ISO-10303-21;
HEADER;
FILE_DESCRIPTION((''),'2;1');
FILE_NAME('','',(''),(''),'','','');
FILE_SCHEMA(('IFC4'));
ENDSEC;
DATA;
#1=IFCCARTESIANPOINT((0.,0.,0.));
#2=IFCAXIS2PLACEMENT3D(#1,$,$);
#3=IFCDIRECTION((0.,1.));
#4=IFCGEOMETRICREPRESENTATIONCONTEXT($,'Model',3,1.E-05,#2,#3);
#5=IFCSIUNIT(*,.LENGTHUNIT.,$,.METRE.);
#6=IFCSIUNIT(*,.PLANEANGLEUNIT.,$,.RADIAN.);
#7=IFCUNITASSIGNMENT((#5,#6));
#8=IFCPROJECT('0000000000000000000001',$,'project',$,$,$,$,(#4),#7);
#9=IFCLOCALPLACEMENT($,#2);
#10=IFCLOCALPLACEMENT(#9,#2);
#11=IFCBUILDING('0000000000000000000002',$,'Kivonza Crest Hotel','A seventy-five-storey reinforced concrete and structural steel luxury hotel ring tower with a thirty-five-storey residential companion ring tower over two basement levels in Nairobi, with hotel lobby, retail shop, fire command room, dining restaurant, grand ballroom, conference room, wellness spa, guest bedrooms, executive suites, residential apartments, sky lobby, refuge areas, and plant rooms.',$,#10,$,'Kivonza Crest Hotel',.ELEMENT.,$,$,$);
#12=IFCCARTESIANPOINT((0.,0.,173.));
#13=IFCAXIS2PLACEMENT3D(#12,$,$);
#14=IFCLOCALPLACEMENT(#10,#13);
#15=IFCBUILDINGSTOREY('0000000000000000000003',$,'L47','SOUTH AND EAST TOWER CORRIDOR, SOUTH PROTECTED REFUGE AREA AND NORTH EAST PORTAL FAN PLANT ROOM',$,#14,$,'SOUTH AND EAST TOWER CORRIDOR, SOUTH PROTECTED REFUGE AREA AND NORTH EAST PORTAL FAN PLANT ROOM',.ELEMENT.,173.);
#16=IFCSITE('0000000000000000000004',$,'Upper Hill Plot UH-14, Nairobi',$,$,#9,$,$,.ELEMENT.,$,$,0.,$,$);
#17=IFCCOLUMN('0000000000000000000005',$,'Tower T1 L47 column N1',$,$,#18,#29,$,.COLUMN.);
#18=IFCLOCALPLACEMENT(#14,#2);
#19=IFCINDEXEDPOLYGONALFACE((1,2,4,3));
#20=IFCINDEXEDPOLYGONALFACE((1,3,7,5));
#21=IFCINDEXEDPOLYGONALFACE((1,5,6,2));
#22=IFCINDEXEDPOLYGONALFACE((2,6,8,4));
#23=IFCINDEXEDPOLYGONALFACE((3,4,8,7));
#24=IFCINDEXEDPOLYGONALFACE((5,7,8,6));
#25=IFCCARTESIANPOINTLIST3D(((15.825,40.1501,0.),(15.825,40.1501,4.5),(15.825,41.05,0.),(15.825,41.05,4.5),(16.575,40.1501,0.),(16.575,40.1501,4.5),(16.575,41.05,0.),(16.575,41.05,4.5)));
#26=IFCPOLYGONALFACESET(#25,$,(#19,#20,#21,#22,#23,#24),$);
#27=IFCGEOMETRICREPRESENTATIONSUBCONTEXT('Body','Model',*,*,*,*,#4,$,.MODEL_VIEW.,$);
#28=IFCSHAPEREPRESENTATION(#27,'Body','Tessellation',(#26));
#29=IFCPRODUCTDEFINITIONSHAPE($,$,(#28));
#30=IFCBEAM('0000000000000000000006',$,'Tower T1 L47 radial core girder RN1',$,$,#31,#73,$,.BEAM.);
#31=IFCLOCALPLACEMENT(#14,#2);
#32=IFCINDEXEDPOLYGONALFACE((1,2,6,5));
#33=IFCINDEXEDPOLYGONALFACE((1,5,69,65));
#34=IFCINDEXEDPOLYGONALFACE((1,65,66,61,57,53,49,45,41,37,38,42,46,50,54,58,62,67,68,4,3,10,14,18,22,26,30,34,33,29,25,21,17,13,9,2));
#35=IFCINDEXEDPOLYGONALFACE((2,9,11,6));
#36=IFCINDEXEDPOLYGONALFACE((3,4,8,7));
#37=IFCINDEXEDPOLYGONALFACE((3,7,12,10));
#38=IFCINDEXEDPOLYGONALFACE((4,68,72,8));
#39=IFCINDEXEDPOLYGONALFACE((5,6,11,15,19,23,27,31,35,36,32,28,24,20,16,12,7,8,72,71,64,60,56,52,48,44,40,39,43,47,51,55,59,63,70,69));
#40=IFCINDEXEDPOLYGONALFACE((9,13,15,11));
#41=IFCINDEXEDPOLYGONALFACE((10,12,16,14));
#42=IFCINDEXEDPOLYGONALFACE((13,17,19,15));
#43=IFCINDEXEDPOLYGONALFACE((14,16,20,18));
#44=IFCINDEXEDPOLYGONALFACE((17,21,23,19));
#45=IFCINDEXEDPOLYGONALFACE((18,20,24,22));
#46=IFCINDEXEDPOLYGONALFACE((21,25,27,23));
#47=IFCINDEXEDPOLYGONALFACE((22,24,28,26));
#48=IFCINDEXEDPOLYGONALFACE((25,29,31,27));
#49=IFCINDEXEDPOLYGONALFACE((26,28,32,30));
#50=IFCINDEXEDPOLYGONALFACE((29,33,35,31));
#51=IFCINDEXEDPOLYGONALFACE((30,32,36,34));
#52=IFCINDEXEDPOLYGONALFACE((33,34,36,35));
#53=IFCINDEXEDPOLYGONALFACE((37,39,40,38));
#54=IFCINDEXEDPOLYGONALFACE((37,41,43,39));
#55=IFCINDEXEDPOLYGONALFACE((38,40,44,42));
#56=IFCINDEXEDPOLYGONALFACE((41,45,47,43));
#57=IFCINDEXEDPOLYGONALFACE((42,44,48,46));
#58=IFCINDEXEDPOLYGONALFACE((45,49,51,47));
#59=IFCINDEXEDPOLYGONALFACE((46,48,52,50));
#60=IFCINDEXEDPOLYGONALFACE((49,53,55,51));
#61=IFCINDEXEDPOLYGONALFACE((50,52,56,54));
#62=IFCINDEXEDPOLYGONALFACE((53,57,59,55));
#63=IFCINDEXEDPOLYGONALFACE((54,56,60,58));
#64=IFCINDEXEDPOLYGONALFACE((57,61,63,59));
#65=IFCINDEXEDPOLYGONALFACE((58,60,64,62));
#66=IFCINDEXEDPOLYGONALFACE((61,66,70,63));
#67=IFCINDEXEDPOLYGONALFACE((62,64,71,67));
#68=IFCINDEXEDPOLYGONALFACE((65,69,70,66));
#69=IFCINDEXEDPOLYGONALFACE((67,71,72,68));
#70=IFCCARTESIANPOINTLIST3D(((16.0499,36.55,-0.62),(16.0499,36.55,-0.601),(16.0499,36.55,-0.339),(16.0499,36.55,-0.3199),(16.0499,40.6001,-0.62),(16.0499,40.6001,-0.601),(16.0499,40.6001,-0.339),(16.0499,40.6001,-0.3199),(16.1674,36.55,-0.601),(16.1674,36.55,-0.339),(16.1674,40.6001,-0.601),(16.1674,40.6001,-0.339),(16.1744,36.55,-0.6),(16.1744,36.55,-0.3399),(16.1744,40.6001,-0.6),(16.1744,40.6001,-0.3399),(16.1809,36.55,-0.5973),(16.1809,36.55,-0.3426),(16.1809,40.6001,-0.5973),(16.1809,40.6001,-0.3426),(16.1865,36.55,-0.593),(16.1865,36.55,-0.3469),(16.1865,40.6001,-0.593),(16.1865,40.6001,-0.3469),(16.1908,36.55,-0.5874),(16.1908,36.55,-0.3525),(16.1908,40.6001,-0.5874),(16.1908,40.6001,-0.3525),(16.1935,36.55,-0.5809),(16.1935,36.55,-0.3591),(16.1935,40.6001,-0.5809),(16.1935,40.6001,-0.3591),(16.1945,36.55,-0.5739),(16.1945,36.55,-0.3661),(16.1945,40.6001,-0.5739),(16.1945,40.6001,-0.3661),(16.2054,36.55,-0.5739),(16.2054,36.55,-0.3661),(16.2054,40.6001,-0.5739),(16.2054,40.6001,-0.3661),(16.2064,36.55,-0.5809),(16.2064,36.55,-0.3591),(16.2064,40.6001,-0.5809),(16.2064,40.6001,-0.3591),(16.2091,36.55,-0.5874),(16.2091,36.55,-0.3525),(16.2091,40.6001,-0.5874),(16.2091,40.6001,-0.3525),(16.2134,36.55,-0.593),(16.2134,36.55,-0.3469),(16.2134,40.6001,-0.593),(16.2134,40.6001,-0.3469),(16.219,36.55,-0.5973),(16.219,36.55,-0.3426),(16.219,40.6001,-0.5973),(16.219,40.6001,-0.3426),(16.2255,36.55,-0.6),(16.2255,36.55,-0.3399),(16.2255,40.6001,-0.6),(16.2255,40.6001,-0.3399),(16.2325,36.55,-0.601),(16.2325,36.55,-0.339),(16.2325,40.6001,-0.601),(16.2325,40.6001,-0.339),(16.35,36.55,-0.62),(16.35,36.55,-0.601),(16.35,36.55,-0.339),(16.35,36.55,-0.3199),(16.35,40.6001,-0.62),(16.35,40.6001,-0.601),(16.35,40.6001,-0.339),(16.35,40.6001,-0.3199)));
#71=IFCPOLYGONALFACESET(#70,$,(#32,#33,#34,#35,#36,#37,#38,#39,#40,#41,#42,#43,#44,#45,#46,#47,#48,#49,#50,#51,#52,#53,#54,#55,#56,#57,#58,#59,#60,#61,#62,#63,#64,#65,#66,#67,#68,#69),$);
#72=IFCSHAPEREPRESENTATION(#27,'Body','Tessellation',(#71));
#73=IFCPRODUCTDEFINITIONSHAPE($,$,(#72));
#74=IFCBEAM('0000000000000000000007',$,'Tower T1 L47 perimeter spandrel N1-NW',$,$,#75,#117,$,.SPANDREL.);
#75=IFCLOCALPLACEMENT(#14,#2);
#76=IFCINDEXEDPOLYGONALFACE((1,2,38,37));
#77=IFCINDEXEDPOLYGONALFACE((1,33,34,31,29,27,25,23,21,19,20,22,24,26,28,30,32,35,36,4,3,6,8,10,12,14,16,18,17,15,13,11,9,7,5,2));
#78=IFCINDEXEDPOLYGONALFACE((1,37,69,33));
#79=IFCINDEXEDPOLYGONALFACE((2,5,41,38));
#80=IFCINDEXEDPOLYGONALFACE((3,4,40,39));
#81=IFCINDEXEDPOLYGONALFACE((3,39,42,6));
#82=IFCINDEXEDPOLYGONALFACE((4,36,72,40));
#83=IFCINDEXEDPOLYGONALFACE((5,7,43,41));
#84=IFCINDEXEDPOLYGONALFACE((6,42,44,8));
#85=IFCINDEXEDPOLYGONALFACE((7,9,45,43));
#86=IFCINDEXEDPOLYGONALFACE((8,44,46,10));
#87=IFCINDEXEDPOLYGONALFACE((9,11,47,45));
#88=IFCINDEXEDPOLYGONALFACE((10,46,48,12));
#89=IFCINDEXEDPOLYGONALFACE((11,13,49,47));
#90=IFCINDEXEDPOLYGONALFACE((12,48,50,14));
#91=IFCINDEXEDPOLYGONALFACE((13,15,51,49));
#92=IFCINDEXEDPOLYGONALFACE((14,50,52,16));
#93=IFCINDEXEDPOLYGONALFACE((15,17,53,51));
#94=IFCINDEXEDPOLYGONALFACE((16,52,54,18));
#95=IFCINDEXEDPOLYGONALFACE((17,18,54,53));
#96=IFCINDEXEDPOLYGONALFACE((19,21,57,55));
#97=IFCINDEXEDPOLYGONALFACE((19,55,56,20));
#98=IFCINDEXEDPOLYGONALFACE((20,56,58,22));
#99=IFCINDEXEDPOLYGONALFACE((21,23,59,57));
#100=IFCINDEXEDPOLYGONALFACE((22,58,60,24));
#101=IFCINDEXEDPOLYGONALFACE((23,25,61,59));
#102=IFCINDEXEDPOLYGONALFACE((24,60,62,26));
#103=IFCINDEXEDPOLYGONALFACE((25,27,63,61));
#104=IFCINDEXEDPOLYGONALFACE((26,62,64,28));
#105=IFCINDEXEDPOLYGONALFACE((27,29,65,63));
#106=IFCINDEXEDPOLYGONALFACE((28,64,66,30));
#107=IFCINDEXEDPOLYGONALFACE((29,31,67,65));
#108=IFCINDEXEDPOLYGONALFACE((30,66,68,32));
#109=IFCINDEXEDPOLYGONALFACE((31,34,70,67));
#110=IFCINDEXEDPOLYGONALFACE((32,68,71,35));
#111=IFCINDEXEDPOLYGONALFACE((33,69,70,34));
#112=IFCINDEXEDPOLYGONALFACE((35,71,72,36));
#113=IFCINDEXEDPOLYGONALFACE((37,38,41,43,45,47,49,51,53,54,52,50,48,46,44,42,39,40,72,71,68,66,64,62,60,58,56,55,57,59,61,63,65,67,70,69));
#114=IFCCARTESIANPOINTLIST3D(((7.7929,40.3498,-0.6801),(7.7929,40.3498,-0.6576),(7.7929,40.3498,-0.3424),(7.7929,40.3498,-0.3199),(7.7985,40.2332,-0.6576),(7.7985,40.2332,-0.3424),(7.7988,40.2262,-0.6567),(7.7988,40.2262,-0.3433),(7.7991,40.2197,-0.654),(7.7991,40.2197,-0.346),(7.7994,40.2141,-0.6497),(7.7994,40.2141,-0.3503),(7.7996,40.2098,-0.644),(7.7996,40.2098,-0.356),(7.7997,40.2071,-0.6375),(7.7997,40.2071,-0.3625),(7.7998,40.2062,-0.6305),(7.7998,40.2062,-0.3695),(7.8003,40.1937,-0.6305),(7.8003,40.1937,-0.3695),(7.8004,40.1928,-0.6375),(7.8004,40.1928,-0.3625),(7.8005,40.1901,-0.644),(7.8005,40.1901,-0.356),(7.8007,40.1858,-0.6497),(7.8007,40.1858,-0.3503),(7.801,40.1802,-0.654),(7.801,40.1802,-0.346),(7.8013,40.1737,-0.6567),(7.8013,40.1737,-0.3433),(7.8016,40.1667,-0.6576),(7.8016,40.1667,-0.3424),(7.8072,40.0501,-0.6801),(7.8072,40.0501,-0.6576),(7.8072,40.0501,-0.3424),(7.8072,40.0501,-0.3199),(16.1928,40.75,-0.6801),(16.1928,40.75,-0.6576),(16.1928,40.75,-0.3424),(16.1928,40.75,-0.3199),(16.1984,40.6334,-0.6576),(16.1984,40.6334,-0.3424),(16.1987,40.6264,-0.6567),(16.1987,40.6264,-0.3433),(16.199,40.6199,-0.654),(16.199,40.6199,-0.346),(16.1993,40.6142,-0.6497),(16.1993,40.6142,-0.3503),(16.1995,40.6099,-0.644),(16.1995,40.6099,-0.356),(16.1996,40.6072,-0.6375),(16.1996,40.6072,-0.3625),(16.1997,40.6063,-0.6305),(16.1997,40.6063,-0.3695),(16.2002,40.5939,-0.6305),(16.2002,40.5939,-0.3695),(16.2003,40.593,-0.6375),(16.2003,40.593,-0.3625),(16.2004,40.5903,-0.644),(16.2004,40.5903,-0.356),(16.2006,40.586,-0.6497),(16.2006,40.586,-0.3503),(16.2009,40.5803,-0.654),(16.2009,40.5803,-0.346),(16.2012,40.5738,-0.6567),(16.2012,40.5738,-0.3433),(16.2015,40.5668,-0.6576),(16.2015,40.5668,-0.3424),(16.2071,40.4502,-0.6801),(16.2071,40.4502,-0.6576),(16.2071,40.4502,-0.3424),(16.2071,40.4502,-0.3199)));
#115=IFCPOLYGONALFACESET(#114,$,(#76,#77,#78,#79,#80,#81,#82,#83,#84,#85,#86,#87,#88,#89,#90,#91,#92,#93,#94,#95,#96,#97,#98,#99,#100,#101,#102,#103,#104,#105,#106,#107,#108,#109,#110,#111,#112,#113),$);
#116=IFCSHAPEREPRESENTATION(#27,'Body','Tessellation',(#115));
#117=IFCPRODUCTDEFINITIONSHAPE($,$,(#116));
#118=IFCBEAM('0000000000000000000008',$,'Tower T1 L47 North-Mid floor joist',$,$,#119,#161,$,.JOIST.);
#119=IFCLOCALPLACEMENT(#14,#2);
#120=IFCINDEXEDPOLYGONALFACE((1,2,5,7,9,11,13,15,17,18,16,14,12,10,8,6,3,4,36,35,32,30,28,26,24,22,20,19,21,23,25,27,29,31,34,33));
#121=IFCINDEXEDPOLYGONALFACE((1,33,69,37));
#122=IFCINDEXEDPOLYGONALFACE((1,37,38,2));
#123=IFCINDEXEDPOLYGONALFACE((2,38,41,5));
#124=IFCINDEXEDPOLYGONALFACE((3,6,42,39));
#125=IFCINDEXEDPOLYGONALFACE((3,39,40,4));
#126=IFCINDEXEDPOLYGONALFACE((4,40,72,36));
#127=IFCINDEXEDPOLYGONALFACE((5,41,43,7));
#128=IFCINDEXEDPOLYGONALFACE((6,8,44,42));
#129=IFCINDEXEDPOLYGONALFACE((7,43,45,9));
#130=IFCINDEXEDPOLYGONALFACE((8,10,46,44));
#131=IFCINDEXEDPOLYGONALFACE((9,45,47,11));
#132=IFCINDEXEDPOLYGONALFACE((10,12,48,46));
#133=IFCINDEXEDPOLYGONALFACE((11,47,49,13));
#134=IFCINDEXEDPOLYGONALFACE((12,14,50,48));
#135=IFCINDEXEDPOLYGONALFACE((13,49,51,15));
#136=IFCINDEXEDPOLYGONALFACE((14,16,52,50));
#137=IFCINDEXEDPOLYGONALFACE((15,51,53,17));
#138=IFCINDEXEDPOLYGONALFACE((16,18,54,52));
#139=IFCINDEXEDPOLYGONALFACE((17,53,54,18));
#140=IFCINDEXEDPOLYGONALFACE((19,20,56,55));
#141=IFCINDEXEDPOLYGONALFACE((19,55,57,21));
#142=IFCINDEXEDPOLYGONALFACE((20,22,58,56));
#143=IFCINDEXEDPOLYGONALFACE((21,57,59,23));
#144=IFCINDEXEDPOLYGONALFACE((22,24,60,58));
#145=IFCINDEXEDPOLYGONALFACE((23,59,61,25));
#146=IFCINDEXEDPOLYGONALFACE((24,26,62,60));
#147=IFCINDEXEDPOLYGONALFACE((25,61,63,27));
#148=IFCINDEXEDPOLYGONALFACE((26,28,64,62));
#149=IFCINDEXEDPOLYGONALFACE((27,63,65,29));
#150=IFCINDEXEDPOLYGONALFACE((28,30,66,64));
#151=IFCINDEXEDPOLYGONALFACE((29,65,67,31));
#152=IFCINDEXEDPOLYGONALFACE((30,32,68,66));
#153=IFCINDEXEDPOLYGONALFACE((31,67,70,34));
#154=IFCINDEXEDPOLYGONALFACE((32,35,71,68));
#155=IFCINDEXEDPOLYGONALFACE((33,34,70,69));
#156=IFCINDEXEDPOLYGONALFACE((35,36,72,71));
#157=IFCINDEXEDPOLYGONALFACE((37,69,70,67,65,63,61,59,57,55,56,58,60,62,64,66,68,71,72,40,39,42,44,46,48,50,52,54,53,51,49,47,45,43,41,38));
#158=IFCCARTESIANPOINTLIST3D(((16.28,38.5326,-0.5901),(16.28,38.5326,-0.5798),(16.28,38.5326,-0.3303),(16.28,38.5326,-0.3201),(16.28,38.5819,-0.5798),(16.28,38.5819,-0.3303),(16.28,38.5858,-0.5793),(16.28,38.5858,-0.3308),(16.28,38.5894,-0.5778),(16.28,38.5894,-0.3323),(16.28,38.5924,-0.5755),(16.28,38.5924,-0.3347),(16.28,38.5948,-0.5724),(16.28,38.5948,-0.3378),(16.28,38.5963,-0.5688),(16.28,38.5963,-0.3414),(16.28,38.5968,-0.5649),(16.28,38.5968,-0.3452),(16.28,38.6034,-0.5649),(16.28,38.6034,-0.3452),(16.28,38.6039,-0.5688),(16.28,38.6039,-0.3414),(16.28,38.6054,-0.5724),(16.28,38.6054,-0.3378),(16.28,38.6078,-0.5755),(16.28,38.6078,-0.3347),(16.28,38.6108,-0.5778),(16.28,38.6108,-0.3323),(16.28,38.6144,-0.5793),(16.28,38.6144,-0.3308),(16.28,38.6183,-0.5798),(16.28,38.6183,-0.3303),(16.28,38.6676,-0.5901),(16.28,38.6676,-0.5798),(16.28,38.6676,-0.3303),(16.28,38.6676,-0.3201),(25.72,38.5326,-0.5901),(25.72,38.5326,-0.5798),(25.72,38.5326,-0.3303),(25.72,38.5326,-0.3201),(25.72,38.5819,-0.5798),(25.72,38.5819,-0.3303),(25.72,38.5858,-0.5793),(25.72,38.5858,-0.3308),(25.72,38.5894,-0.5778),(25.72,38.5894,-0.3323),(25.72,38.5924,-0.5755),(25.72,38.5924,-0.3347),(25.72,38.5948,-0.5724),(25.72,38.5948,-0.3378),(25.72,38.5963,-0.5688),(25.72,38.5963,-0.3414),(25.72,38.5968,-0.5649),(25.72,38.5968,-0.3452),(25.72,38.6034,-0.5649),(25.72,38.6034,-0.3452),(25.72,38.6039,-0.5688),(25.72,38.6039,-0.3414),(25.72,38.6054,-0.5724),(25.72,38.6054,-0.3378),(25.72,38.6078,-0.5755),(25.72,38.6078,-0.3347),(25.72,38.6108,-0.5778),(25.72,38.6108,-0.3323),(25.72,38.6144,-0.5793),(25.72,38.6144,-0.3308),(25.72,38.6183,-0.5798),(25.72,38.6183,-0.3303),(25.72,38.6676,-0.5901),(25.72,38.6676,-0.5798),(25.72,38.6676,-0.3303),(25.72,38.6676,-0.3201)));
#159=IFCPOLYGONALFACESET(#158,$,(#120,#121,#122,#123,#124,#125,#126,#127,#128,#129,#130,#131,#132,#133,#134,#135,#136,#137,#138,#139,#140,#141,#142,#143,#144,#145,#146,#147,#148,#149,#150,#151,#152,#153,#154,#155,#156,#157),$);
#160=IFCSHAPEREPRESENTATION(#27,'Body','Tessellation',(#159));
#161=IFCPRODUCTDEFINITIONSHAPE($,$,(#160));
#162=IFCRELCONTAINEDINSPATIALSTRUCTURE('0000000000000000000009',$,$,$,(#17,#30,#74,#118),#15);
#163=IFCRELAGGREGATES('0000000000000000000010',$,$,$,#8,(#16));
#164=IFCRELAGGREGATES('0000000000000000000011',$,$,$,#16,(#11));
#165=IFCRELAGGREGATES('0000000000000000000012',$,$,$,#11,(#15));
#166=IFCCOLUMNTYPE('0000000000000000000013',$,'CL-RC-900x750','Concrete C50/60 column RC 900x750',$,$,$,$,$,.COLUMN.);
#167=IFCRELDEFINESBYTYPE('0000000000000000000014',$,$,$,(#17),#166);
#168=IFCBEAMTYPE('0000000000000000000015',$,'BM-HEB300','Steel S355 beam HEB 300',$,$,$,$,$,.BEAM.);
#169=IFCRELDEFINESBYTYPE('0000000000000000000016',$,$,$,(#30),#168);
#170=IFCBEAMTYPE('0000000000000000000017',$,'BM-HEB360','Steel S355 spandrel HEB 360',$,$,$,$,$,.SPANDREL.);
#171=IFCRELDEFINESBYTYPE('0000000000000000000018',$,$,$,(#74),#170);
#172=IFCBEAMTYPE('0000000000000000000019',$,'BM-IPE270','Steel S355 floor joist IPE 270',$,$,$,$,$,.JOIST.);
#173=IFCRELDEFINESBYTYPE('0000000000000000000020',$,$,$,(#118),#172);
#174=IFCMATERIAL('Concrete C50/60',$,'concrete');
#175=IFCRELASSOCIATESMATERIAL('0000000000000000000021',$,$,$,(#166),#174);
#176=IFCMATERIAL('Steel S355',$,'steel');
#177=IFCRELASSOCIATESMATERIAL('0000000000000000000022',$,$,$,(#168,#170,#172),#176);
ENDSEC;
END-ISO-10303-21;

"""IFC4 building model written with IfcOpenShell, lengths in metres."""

from ifc_helpers import new_model, si_unit, direction, frame, origin, origin_2d, place, context, subcontext, project, spatial, rectangle, i_section, extrude, material, material_profile, profile_set, type_object, element, save


model = new_model("IFC4")

# Units and contexts
model_context = context("Model", 3, precision=1e-05, world=origin(), true_north=direction((0.0, 1.0)))
body_context = subcontext(model_context, "Body", "Model", "MODEL_VIEW")
ifc_project = project(units=[si_unit("LENGTHUNIT", "METRE"), si_unit("PLANEANGLEUNIT", "RADIAN")], contexts=[model_context])

# Site, building, storey
site_placement = place(None, origin())
site = spatial("IfcSite", under=ifc_project, at=site_placement, Name="Upper Hill Plot UH-14, Nairobi", CompositionType="ELEMENT", RefElevation=0.0)
building_placement = place(site_placement, origin())
building = spatial("IfcBuilding", under=site, at=building_placement, Name="Kivonza Crest Hotel", Description="A seventy-five-storey reinforced concrete and structural steel luxury hotel ring tower with a thirty-five-storey residential companion ring tower over two basement levels in Nairobi, with hotel lobby, retail shop, fire command room, dining restaurant, grand ballroom, conference room, wellness spa, guest bedrooms, executive suites, residential apartments, sky lobby, refuge areas, and plant rooms.", LongName="Kivonza Crest Hotel", CompositionType="ELEMENT")
storey_placement = place(building_placement, frame((0.0, 0.0, 173.0)))
storey = spatial("IfcBuildingStorey", under=building, at=storey_placement, Name="L47", Description="SOUTH AND EAST TOWER CORRIDOR, SOUTH PROTECTED REFUGE AREA AND NORTH EAST PORTAL FAN PLANT ROOM", LongName="SOUTH AND EAST TOWER CORRIDOR, SOUTH PROTECTED REFUGE AREA AND NORTH EAST PORTAL FAN PLANT ROOM", CompositionType="ELEMENT", Elevation=173.0)

# Column
ifc_material_1 = material(Name="Concrete C50/60", Category="concrete")
ifc_material_profile_1 = material_profile(ifc_material_1, rectangle(XDim=0.75, YDim=0.8999, at=origin_2d()), Name="RC 900x750")
ifc_profile_set_1 = profile_set([ifc_material_profile_1], Name="Concrete C50/60")
column_type = type_object("IfcColumnType", Name="CL-RC-900x750", Description="Concrete C50/60 column RC 900x750", PredefinedType="COLUMN", material=ifc_profile_set_1)
column_placement = place(storey_placement, frame((16.2, 40.6001, 0.0), z_axis=(0.0, 0.0, 1.0), x_axis=(1.0, 0.0, 0.0)))
element("IfcColumn", 1, at=column_placement, inside=storey, type_object=column_type, Name="Tower T1 L47 column N1", PredefinedType="COLUMN", context=body_context, shape_type="SweptSolid", body=[
    extrude(rectangle(XDim=0.75, YDim=0.8999, at=origin_2d()), origin(), (0.0, 0.0, 1.0), 4.5),
])

# Beams
ifc_material_2 = material(Name="Steel S355", Category="steel")
ifc_material_profile_2 = material_profile(ifc_material_2, i_section(OverallWidth=0.3, OverallDepth=0.3, WebThickness=0.011, FlangeThickness=0.019, FilletRadius=0.0271, at=origin_2d()), Name="HEB 300")
ifc_profile_set_2 = profile_set([ifc_material_profile_2], Name="Steel S355")
beam_type_1 = type_object("IfcBeamType", Name="BM-HEB300", Description="Steel S355 beam HEB 300", PredefinedType="BEAM", material=ifc_profile_set_2)
beam_1_placement = place(storey_placement, frame((16.2, 40.6001, -0.47), z_axis=(0.0, -1.0, 0.0), x_axis=(1.0, 0.0, 0.0)))
element("IfcBeam", 2, at=beam_1_placement, inside=storey, type_object=beam_type_1, Name="Tower T1 L47 radial core girder RN1", PredefinedType="BEAM", context=body_context, shape_type="SweptSolid", body=[
    extrude(i_section(OverallWidth=0.3, OverallDepth=0.3, WebThickness=0.011, FlangeThickness=0.019, FilletRadius=0.0271, at=origin_2d()), origin(), (0.0, 0.0, 1.0), 4.05),
])
ifc_material_profile_3 = material_profile(ifc_material_2, i_section(OverallWidth=0.3, OverallDepth=0.3601, WebThickness=0.0125, FlangeThickness=0.0225, FilletRadius=0.0271, at=origin_2d()), Name="HEB 360")
ifc_profile_set_3 = profile_set([ifc_material_profile_3], Name="Steel S355")
beam_type_2 = type_object("IfcBeamType", Name="BM-HEB360", Description="Steel S355 spandrel HEB 360", PredefinedType="SPANDREL", material=ifc_profile_set_3)
beam_2_placement = place(storey_placement, frame((16.2, 40.6001, -0.5), z_axis=(-0.998867, -0.047583, 0.0), x_axis=(0.047583, -0.998867, 0.0)))
element("IfcBeam", 3, at=beam_2_placement, inside=storey, type_object=beam_type_2, Name="Tower T1 L47 perimeter spandrel N1-NW", PredefinedType="SPANDREL", context=body_context, shape_type="SweptSolid", body=[
    extrude(i_section(OverallWidth=0.3, OverallDepth=0.3601, WebThickness=0.0125, FlangeThickness=0.0225, FilletRadius=0.0271, at=origin_2d()), origin(), (0.0, 0.0, 1.0), 8.4094),
])
ifc_material_profile_4 = material_profile(ifc_material_2, i_section(OverallWidth=0.135, OverallDepth=0.27, WebThickness=0.0066, FlangeThickness=0.0103, FilletRadius=0.0149, at=origin_2d()), Name="IPE 270")
ifc_profile_set_4 = profile_set([ifc_material_profile_4], Name="Steel S355")
beam_type_3 = type_object("IfcBeamType", Name="BM-IPE270", Description="Steel S355 floor joist IPE 270", PredefinedType="JOIST", material=ifc_profile_set_4)
beam_3_placement = place(storey_placement, frame((16.28, 38.6001, -0.4551), z_axis=(1.0, 0.0, 0.0), x_axis=(0.0, 1.0, 0.0)))
element("IfcBeam", 4, at=beam_3_placement, inside=storey, type_object=beam_type_3, Name="Tower T1 L47 North-Mid floor joist", PredefinedType="JOIST", context=body_context, shape_type="SweptSolid", body=[
    extrude(i_section(OverallWidth=0.135, OverallDepth=0.27, WebThickness=0.0066, FlangeThickness=0.0103, FilletRadius=0.0149, at=origin_2d()), origin(), (0.0, 0.0, 1.0), 9.4399),
])

save(model, "model.ifc")
